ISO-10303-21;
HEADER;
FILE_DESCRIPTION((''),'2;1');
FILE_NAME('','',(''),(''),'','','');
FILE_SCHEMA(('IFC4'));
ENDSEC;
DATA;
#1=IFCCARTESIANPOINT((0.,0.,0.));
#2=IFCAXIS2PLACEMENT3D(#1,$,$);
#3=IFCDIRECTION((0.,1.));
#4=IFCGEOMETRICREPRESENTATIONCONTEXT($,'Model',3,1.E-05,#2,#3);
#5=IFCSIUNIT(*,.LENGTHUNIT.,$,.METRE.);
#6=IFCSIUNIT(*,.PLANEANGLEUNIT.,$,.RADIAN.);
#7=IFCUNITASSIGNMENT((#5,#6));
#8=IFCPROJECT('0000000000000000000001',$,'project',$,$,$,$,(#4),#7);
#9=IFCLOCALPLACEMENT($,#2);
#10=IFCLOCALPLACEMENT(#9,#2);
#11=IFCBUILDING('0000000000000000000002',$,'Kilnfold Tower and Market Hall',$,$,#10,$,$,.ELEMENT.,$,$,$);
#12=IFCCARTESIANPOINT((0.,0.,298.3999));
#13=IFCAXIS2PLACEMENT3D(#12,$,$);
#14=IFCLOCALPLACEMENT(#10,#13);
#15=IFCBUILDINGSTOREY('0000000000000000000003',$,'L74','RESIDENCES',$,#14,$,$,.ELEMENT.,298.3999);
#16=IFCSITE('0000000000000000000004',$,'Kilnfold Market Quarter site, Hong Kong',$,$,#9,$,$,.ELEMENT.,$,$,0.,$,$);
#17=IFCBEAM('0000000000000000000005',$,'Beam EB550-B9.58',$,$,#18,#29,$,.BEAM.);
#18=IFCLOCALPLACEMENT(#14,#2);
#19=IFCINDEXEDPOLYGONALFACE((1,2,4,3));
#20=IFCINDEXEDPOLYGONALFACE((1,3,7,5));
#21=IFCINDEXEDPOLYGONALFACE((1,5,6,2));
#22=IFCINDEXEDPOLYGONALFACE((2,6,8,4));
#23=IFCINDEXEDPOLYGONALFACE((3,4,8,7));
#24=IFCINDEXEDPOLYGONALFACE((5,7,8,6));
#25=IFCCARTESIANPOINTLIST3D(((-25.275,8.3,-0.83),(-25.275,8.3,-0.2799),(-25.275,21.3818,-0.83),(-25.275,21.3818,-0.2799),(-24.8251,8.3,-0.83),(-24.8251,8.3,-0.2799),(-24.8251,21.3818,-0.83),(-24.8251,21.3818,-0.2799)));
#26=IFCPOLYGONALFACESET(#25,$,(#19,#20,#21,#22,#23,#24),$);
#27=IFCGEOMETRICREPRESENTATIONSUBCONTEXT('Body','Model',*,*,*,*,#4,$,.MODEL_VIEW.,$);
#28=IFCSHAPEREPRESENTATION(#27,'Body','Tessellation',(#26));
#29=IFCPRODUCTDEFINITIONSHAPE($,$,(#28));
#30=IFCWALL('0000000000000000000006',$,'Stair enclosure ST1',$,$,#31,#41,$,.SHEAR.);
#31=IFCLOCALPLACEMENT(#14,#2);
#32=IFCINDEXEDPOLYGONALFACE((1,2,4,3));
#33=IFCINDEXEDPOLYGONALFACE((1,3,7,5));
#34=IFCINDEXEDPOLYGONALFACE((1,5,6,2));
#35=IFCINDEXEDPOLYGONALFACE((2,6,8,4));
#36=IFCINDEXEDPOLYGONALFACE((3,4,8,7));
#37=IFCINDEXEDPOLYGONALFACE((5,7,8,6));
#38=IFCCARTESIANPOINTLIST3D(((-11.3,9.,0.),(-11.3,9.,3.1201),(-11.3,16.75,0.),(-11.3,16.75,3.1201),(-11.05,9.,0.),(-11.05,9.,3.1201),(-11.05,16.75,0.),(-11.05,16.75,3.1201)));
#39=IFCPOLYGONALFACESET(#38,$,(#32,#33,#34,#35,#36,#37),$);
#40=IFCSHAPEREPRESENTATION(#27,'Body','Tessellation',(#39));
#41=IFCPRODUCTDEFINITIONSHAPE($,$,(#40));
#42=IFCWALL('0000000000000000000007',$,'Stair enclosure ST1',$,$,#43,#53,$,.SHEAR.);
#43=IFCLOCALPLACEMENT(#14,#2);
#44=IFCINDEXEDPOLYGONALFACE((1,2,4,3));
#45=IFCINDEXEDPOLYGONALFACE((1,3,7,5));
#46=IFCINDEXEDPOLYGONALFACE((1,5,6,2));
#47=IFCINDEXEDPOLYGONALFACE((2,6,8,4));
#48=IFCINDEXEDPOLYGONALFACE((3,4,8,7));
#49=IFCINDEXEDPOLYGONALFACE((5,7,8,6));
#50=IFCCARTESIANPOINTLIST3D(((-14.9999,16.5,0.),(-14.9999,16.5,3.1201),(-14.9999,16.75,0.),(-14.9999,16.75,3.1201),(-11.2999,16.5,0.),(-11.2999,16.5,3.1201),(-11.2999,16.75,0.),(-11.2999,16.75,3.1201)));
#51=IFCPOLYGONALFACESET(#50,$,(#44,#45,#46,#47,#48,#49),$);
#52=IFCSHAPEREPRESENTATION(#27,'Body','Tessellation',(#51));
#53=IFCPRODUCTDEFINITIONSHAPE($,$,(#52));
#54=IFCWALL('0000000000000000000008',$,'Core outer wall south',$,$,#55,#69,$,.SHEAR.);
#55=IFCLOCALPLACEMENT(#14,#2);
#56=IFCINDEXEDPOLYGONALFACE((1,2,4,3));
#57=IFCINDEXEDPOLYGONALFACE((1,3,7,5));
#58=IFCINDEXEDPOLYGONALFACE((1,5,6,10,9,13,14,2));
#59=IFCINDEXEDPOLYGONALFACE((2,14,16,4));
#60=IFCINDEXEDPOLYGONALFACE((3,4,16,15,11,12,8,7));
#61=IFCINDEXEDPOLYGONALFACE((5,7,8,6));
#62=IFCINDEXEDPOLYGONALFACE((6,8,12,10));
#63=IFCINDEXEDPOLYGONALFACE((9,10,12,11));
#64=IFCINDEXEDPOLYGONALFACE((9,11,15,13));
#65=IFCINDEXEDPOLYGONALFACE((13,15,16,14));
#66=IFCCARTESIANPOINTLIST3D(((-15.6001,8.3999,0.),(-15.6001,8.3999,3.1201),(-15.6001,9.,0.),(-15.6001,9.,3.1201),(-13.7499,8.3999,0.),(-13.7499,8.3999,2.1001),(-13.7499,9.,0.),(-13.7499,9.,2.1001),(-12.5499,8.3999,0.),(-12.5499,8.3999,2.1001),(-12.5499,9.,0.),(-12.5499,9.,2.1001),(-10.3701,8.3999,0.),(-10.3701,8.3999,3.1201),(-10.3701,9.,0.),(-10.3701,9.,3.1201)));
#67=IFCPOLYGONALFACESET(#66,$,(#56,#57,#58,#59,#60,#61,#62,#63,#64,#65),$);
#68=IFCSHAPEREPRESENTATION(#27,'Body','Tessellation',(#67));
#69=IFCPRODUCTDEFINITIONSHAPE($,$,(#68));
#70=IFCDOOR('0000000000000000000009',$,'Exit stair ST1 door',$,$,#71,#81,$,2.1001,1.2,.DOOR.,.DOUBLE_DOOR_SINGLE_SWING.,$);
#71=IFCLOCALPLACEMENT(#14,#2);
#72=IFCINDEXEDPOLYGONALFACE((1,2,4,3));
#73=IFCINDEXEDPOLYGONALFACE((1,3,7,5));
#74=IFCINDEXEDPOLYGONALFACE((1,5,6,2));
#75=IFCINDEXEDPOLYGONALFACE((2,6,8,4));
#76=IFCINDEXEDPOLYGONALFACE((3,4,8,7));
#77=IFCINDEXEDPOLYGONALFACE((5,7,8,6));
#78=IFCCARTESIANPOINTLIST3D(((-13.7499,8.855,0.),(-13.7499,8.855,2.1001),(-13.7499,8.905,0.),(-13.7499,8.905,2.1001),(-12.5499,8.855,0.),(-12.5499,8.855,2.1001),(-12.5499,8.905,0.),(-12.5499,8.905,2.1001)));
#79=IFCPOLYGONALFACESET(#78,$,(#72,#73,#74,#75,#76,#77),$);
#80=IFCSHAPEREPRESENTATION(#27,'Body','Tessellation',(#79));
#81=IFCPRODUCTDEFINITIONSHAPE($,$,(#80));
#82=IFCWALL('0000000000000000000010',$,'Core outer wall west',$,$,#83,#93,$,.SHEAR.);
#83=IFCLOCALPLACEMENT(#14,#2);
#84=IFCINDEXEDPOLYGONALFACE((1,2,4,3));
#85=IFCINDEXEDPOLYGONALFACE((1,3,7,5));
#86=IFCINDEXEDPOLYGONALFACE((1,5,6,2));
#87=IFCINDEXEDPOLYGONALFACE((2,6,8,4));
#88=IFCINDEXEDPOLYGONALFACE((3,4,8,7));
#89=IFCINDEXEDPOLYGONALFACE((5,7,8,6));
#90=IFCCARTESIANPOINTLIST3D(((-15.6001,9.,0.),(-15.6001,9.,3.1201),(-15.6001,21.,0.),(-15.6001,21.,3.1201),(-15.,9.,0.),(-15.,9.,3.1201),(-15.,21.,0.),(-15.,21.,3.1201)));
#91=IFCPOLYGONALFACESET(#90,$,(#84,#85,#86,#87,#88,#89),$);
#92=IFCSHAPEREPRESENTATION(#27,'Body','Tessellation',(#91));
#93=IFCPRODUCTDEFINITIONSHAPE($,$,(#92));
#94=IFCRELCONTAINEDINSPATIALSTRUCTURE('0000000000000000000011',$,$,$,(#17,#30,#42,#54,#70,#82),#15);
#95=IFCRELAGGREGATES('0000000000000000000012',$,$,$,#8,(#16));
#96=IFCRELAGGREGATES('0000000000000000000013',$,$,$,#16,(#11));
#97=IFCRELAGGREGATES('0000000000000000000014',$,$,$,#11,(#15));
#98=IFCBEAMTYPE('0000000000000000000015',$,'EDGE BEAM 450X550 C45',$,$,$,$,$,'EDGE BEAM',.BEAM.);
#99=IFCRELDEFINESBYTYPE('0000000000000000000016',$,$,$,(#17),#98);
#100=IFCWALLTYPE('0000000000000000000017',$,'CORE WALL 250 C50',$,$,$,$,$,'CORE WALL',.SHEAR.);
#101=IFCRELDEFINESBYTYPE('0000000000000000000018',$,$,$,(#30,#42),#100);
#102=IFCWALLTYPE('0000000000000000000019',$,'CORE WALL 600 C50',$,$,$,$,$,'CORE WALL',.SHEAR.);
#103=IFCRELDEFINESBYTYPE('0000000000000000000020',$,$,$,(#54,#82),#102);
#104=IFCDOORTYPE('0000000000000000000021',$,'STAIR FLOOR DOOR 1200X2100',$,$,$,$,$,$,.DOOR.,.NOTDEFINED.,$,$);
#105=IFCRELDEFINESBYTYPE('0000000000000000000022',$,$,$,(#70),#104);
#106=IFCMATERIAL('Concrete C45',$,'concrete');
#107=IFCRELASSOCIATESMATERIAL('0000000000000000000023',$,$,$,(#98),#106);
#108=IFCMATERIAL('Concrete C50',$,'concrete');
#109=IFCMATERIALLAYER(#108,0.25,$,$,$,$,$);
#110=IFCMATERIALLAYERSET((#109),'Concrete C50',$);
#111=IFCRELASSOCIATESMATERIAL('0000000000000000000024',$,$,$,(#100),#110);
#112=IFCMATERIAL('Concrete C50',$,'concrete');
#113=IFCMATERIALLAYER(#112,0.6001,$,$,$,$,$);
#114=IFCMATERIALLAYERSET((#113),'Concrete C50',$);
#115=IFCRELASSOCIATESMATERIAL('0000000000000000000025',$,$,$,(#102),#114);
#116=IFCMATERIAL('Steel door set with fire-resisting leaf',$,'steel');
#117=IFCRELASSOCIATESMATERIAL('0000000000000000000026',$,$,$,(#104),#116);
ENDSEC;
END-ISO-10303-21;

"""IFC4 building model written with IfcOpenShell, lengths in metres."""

from ifc_helpers import new_model, si_unit, direction, frame, frame_2d, origin, origin_2d, place, context, subcontext, project, spatial, rectangle, extrude, source, transform, mapped, material, layer, layer_set, material_profile, profile_set, type_object, element, fill, save


model = new_model("IFC4")

# Units and contexts
model_context = context("Model", 3, precision=1e-05, world=origin(), true_north=direction((0.0, 1.0)))
body_context = subcontext(model_context, "Body", "Model", "MODEL_VIEW")
ifc_project = project(units=[si_unit("LENGTHUNIT", "METRE"), si_unit("PLANEANGLEUNIT", "RADIAN")], contexts=[model_context])

# Site, building, storey
site_placement = place(None, origin())
site = spatial("IfcSite", under=ifc_project, at=site_placement, Name="Kilnfold Market Quarter site, Hong Kong", CompositionType="ELEMENT", RefElevation=0.0)
building_placement = place(site_placement, origin())
building = spatial("IfcBuilding", under=site, at=building_placement, Name="Kilnfold Tower and Market Hall", CompositionType="ELEMENT")
storey_placement = place(building_placement, frame((0.0, 0.0, 298.3999)))
storey = spatial("IfcBuildingStorey", under=building, at=storey_placement, Name="L74", Description="RESIDENCES", CompositionType="ELEMENT", Elevation=298.3999)

# Beam
ifc_material_1 = material(Name="Concrete C45", Category="concrete")
ifc_material_profile = material_profile(ifc_material_1, rectangle(XDim=0.45, YDim=0.55, at=origin_2d()), Name="RC 450x550")
ifc_profile_set = profile_set([ifc_material_profile], Name="Concrete C45")
beam_type = type_object("IfcBeamType", Name="EDGE BEAM 450X550 C45", ElementType="EDGE BEAM", PredefinedType="BEAM", material=ifc_profile_set)
shared_shape_1 = source(origin(), body_context, "Body", "SweptSolid", [
    extrude(rectangle(XDim=0.45, YDim=0.55, at=origin_2d()), origin(), (0.0, 0.0, 1.0), 13.0818),
])
beam_placement = place(storey_placement, frame((-25.05, 8.3, -0.5549), z_axis=(0.0, 1.0, 0.0), x_axis=(-1.0, 0.0, 0.0)))
element("IfcBeam", 1, at=beam_placement, inside=storey, type_object=beam_type, Name="Beam EB550-B9.58", PredefinedType="BEAM", context=body_context, shape_type="MappedRepresentation", body=[
    mapped(shared_shape_1, transform((0.0, 0.0, 0.0))),
])

# Walls
ifc_material_2 = material(Name="Concrete C50", Category="concrete")
ifc_layer_1 = layer(ifc_material_2, 0.25)
ifc_layer_set_1 = layer_set([ifc_layer_1], Name="Concrete C50")
wall_type_1 = type_object("IfcWallType", Name="CORE WALL 250 C50", ElementType="CORE WALL", PredefinedType="SHEAR", material=ifc_layer_set_1)
shared_shape_2 = source(origin(), body_context, "Body", "SweptSolid", [
    extrude(rectangle(XDim=7.75, YDim=0.25, at=frame_2d((3.875, 0.0))), origin(), (0.0, 0.0, 1.0), 3.1201),
])
wall_1_placement = place(storey_placement, frame((-11.175, 9.0, 0.0), z_axis=(0.0, 0.0, 1.0), x_axis=(0.0, 1.0, 0.0)))
element("IfcWall", 2, at=wall_1_placement, inside=storey, type_object=wall_type_1, Name="Stair enclosure ST1", PredefinedType="SHEAR", context=body_context, shape_type="MappedRepresentation", body=[
    mapped(shared_shape_2, transform((0.0, 0.0, 0.0))),
])
shared_shape_3 = source(origin(), body_context, "Body", "SweptSolid", [
    extrude(rectangle(XDim=3.7, YDim=0.25, at=frame_2d((1.8501, 0.0))), origin(), (0.0, 0.0, 1.0), 3.1201),
])
wall_2_placement = place(storey_placement, frame((-15.0, 16.625, 0.0), z_axis=(0.0, 0.0, 1.0), x_axis=(1.0, 0.0, 0.0)))
element("IfcWall", 3, at=wall_2_placement, inside=storey, type_object=wall_type_1, Name="Stair enclosure ST1", PredefinedType="SHEAR", context=body_context, shape_type="MappedRepresentation", body=[
    mapped(shared_shape_3, transform((0.0, 0.0, 0.0))),
])

# Wall, opening, door
ifc_material_3 = material(Name="Concrete C50", Category="concrete")
ifc_layer_2 = layer(ifc_material_3, 0.6001)
ifc_layer_set_2 = layer_set([ifc_layer_2], Name="Concrete C50")
wall_type_2 = type_object("IfcWallType", Name="CORE WALL 600 C50", ElementType="CORE WALL", PredefinedType="SHEAR", material=ifc_layer_set_2)
shared_shape_4 = source(origin(), body_context, "Body", "SweptSolid", [
    extrude(rectangle(XDim=5.23, YDim=0.6001, at=frame_2d((2.615, 0.0))), origin(), (0.0, 0.0, 1.0), 3.1201),
])
wall_3_placement = place(storey_placement, frame((-15.6001, 8.7, 0.0), z_axis=(0.0, 0.0, 1.0), x_axis=(1.0, 0.0, 0.0)))
wall_3 = element("IfcWall", 4, at=wall_3_placement, inside=storey, type_object=wall_type_2, Name="Core outer wall south", PredefinedType="SHEAR", context=body_context, shape_type="MappedRepresentation", body=[
    mapped(shared_shape_4, transform((0.0, 0.0, 0.0))),
])
opening_placement = place(wall_3_placement, frame((1.8501, 0.0, 0.0)))
opening = element("IfcOpeningElement", 5, at=opening_placement, cuts=wall_3, PredefinedType="OPENING", context=body_context, shape_type="SweptSolid", body=[
    extrude(rectangle(XDim=1.2, YDim=2.1001, at=frame_2d((0.6001, 1.05))), frame((0.0, 0.3101, 0.0), z_axis=(0.0, -1.0, 0.0), x_axis=(1.0, 0.0, 0.0)), (0.0, 0.0, 1.0), 0.6201),
])
ifc_material_4 = material(Name="Steel door set with fire-resisting leaf", Category="steel")
door_type = type_object("IfcDoorType", Name="STAIR FLOOR DOOR 1200X2100", OperationType="NOTDEFINED", PredefinedType="DOOR", material=ifc_material_4)
door_placement = place(opening_placement, origin())
door = element("IfcDoor", 6, at=door_placement, inside=storey, type_object=door_type, Name="Exit stair ST1 door", OperationType="DOUBLE_DOOR_SINGLE_SWING", OverallHeight=2.1001, OverallWidth=1.2, PredefinedType="DOOR", context=body_context, shape_type="SweptSolid", body=[
    extrude(rectangle(XDim=1.2, YDim=2.1001, at=frame_2d((0.6001, 1.05))), frame((0.0, 0.2051, 0.0), z_axis=(0.0, -1.0, 0.0), x_axis=(1.0, 0.0, 0.0)), (0.0, 0.0, 1.0), 0.05),
])
fill(opening, door)

# Wall
shared_shape_5 = source(origin(), body_context, "Body", "SweptSolid", [
    extrude(rectangle(XDim=12.0, YDim=0.6001, at=frame_2d((6.0, 0.0))), origin(), (0.0, 0.0, 1.0), 3.1201),
])
wall_4_placement = place(storey_placement, frame((-15.3, 9.0, 0.0), z_axis=(0.0, 0.0, 1.0), x_axis=(0.0, 1.0, 0.0)))
element("IfcWall", 7, at=wall_4_placement, inside=storey, type_object=wall_type_2, Name="Core outer wall west", PredefinedType="SHEAR", context=body_context, shape_type="MappedRepresentation", body=[
    mapped(shared_shape_5, transform((0.0, 0.0, 0.0))),
])

save(model, "model.ifc")
